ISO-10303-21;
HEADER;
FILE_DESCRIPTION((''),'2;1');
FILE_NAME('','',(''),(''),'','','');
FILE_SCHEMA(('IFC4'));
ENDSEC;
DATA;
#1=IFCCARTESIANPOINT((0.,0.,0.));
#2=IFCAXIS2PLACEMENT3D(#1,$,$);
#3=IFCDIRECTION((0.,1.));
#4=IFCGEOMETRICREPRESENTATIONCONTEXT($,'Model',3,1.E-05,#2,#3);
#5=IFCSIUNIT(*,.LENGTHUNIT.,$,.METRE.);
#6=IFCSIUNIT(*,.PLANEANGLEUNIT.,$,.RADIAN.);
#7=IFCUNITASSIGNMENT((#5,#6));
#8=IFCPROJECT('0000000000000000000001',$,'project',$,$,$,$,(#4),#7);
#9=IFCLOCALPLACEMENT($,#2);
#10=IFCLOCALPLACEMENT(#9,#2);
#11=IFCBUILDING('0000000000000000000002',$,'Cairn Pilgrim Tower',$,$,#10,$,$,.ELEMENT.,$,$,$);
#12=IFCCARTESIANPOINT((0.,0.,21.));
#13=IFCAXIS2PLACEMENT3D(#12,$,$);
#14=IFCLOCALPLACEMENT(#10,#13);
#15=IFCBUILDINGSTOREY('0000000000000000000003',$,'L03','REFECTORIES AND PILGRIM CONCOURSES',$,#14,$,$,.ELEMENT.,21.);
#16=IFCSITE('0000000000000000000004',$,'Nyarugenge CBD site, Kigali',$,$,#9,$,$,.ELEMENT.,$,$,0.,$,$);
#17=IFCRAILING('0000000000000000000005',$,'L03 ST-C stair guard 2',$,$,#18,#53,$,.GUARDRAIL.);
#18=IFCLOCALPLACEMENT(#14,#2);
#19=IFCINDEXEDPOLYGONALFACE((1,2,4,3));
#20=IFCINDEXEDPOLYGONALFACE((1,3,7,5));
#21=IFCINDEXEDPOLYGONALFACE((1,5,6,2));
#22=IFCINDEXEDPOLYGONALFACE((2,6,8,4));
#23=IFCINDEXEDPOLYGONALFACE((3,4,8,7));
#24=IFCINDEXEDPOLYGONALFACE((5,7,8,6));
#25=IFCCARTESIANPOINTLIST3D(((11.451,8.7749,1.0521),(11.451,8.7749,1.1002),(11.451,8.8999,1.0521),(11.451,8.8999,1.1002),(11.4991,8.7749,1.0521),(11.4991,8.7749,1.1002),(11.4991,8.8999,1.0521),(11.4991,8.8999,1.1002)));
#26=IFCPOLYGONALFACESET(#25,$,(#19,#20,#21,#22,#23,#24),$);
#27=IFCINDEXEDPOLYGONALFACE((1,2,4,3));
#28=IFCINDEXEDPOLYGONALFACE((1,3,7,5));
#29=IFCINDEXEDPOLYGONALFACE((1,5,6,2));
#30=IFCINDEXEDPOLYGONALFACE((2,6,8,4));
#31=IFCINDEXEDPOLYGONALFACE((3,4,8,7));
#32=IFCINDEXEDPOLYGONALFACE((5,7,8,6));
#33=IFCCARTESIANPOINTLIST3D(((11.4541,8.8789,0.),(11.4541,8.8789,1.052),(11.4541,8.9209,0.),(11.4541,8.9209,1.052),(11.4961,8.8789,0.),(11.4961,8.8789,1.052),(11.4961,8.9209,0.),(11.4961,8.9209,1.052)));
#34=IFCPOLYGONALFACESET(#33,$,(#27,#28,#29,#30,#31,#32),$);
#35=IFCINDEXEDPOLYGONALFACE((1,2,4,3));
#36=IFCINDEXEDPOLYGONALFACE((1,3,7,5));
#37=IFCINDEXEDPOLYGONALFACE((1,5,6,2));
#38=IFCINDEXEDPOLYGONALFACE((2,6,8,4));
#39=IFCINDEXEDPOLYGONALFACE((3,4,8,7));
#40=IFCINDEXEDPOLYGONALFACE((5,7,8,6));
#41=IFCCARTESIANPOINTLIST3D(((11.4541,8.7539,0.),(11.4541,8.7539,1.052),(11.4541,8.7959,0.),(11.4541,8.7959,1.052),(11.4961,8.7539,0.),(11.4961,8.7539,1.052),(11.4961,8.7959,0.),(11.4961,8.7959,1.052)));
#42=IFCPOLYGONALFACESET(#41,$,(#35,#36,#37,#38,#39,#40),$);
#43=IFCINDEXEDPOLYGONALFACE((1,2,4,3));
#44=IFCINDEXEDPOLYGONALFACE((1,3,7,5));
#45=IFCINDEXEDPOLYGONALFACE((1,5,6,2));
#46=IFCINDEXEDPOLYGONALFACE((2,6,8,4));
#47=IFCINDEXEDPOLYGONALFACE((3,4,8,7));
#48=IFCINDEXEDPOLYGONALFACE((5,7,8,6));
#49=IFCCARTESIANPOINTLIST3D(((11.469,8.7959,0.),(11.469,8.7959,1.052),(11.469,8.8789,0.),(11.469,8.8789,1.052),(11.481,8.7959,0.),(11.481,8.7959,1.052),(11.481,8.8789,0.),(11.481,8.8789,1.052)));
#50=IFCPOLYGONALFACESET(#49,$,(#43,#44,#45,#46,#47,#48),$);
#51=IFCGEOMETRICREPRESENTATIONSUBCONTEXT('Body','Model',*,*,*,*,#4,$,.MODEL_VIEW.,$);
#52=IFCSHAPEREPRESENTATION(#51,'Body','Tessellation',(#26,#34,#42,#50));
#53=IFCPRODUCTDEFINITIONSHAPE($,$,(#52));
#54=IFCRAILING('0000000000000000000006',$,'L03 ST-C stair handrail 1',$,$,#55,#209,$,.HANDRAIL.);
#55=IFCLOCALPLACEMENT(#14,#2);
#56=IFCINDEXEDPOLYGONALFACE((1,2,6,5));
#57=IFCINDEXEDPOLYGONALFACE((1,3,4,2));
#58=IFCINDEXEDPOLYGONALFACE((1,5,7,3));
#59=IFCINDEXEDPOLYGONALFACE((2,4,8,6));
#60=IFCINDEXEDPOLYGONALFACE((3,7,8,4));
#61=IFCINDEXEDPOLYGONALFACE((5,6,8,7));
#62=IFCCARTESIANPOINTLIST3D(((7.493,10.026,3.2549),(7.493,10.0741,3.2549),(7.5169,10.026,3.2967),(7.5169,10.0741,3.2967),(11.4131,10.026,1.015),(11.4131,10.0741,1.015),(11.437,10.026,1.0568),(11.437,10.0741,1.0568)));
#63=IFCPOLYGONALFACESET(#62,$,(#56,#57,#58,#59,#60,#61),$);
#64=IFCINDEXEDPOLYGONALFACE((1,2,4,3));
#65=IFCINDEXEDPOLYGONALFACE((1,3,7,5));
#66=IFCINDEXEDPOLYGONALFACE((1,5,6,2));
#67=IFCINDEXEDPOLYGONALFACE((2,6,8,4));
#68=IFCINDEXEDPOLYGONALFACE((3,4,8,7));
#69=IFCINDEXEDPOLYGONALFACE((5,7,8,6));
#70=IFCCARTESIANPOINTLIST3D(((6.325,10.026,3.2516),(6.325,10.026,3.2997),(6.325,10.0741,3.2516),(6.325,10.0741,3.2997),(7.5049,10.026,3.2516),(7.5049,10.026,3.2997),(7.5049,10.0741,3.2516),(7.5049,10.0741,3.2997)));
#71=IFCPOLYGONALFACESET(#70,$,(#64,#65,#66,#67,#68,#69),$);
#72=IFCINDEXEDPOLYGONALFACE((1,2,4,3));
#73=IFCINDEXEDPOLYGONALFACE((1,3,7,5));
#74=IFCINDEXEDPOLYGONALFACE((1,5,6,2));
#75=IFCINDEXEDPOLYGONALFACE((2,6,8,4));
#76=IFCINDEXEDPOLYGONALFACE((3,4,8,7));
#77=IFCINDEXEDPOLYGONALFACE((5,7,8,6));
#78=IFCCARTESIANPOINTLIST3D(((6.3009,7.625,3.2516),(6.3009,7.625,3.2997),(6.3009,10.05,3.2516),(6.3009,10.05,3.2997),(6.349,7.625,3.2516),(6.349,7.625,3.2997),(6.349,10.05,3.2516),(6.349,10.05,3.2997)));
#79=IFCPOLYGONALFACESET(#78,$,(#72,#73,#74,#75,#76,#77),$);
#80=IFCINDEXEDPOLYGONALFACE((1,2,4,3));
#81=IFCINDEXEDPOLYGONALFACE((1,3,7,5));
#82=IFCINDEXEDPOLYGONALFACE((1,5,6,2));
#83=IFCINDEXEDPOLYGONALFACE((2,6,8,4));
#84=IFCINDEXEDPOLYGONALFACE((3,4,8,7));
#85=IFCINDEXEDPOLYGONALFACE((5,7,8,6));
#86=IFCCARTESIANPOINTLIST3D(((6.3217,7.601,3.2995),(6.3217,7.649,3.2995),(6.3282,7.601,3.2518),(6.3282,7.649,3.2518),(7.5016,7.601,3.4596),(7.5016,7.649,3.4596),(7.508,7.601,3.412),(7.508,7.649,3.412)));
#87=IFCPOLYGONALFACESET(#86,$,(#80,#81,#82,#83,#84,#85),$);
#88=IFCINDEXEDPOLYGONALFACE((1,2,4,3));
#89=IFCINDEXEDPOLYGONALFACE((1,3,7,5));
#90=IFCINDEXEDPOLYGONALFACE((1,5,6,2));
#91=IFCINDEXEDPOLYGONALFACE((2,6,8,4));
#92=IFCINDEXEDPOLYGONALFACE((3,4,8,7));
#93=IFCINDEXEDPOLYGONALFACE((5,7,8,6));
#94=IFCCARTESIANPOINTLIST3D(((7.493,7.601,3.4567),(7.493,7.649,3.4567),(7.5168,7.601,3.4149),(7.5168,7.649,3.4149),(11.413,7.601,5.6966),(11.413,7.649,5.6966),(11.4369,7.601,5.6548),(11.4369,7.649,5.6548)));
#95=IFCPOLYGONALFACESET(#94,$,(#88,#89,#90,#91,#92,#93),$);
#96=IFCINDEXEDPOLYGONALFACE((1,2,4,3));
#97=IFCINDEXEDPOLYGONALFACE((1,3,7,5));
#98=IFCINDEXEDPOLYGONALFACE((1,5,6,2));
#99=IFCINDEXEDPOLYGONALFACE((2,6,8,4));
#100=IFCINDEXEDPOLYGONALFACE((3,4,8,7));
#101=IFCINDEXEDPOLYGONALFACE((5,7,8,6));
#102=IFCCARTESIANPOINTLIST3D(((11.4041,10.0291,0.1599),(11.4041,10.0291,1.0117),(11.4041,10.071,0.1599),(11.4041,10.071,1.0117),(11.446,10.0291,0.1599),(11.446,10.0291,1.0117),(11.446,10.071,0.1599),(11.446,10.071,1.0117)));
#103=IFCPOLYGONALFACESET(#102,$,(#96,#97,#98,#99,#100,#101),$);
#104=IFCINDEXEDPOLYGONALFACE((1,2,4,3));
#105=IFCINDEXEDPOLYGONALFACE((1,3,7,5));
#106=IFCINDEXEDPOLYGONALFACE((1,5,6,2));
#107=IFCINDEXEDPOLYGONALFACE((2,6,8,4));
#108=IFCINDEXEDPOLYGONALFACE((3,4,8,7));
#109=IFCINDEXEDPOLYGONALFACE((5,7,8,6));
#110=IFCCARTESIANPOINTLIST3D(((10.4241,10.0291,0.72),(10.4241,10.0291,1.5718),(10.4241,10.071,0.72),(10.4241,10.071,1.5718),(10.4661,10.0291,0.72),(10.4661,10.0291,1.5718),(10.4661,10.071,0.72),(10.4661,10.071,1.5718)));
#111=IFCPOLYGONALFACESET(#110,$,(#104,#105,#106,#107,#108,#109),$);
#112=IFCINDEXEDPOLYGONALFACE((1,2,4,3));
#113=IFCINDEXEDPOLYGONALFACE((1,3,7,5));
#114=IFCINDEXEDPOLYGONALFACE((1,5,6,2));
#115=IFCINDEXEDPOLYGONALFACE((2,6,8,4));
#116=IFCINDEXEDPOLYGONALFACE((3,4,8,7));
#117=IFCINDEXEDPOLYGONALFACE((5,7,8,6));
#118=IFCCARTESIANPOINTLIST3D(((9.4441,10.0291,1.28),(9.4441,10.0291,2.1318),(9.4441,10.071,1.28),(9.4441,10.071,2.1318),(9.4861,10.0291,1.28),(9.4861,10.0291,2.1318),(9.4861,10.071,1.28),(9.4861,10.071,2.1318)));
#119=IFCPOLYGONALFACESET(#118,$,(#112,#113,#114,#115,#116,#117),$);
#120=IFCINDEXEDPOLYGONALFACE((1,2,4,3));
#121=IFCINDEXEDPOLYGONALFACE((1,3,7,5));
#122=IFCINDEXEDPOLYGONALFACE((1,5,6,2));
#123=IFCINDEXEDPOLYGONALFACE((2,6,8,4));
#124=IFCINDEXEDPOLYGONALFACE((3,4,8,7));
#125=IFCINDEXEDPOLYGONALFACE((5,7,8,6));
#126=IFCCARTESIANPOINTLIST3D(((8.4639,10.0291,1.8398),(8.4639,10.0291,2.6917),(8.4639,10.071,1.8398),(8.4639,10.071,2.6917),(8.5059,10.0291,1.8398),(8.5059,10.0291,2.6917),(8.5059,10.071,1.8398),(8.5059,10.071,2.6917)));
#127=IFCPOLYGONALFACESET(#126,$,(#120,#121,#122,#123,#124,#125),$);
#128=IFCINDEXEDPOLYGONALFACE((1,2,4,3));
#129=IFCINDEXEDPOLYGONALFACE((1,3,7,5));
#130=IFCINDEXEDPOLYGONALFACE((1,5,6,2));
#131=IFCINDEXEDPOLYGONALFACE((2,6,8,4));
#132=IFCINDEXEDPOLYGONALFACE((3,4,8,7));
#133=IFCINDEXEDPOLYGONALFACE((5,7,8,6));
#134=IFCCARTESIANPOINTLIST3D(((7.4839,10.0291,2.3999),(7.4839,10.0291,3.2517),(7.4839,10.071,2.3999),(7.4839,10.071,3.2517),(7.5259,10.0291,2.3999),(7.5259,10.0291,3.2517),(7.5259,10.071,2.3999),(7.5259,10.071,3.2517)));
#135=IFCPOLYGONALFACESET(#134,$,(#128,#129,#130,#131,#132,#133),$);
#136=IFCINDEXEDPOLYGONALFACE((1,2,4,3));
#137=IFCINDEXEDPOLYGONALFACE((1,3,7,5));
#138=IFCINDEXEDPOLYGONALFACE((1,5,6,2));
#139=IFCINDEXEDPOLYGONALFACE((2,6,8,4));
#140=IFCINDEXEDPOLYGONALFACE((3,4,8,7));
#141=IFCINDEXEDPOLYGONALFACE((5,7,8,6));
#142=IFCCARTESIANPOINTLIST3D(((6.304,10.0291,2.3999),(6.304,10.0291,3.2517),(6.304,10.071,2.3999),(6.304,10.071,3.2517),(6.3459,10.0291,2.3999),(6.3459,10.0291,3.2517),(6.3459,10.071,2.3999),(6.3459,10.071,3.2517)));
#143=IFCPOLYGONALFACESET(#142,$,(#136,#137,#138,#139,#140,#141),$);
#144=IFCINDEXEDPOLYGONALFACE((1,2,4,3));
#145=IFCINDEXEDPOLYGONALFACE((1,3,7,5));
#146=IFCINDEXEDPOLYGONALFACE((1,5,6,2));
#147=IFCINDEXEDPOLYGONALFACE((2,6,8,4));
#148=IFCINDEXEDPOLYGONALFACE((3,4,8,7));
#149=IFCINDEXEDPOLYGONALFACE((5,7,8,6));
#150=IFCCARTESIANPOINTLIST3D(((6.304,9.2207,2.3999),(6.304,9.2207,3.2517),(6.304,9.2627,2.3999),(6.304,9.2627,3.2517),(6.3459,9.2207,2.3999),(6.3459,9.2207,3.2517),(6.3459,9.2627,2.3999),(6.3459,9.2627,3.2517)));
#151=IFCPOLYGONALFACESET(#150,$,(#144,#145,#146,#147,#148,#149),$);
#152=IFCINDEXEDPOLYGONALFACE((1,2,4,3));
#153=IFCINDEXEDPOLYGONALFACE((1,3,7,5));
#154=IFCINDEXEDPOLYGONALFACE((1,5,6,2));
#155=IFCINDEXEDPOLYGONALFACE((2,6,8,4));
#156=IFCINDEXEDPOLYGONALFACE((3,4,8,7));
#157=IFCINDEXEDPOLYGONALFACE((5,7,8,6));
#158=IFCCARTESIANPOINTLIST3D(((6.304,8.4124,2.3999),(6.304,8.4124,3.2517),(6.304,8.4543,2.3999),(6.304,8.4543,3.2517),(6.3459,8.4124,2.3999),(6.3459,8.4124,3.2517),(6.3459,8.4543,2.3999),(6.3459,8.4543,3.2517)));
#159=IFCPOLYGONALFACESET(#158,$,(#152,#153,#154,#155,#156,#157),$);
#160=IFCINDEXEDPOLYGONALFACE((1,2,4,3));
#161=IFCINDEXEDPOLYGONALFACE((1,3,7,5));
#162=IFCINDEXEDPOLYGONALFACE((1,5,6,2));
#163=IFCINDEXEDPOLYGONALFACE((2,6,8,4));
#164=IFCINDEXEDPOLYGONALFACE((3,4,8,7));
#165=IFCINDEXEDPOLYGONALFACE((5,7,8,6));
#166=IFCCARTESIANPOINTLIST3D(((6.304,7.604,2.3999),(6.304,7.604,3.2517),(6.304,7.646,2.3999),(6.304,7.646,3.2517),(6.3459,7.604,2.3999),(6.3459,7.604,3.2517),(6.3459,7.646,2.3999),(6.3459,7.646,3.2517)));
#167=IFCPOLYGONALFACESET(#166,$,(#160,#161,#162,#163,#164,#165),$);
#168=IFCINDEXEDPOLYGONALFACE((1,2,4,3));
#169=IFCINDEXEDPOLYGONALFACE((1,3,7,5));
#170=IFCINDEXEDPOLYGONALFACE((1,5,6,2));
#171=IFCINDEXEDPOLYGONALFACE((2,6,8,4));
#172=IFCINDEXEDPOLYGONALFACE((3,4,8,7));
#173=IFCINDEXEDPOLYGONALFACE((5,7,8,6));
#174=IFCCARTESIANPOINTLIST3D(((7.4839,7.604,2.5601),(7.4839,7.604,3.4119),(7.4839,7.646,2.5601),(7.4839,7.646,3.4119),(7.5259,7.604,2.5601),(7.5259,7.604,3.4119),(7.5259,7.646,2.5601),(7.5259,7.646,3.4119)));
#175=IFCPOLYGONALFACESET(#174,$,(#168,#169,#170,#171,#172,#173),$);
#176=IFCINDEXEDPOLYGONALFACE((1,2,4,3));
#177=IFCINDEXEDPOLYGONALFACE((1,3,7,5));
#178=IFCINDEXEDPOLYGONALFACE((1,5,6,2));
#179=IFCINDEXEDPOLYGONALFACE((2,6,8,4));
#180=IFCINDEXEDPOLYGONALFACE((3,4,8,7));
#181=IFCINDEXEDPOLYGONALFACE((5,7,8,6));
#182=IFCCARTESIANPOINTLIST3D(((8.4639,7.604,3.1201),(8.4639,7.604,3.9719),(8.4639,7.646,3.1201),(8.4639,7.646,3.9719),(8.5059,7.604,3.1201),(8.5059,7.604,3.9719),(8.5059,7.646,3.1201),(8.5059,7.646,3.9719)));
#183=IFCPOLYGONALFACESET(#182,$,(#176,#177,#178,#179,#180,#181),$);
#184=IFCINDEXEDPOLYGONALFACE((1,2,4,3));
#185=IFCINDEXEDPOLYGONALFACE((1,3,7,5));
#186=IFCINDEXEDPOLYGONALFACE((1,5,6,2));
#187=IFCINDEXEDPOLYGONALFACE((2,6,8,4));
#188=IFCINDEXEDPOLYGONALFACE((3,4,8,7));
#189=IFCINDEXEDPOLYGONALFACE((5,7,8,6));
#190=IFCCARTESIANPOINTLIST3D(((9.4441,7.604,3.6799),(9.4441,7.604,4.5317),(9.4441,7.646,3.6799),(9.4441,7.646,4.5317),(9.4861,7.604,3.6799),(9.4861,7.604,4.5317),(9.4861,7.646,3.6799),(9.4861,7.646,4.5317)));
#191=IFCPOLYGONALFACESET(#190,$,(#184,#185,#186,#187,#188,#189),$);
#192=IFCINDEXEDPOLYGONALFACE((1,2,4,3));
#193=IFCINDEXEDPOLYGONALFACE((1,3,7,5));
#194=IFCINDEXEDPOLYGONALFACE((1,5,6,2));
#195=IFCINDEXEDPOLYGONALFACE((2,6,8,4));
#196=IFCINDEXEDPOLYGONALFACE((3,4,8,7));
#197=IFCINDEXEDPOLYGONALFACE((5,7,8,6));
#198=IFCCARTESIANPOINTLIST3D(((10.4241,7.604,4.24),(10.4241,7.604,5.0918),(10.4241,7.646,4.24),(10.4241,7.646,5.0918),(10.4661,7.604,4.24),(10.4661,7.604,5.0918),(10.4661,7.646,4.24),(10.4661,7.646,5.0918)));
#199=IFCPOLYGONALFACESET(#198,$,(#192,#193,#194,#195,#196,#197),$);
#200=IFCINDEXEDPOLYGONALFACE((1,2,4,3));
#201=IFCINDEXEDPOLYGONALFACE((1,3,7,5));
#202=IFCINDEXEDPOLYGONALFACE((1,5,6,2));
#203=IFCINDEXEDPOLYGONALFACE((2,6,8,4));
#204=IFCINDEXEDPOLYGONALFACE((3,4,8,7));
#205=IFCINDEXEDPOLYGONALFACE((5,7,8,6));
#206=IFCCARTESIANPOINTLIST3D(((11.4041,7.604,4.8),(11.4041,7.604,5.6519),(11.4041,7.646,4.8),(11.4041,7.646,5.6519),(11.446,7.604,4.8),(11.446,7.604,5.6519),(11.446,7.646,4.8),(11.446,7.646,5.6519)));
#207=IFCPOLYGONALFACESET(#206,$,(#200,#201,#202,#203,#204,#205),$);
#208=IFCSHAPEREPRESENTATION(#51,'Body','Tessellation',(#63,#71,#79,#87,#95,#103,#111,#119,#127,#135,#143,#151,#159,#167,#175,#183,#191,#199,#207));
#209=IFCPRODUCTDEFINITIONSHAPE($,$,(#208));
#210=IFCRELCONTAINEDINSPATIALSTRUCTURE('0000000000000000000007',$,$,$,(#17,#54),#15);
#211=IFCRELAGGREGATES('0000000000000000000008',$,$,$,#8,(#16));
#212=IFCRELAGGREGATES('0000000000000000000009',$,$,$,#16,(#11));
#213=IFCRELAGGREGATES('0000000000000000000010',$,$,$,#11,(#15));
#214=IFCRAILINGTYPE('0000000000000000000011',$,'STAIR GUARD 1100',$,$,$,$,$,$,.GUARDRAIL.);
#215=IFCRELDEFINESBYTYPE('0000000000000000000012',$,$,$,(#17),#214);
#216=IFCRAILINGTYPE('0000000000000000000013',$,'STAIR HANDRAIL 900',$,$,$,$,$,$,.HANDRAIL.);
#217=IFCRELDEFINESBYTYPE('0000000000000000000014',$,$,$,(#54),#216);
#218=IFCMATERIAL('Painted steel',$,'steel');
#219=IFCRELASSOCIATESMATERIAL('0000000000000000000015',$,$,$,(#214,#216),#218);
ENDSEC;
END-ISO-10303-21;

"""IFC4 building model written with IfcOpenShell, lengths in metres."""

from ifc_helpers import new_model, si_unit, direction, frame, origin, origin_2d, place, context, subcontext, project, spatial, polyline, rectangle, outline, extrude, material, type_object, element, save


model = new_model("IFC4")

# Units and contexts
model_context = context("Model", 3, precision=1e-05, world=origin(), true_north=direction((0.0, 1.0)))
body_context = subcontext(model_context, "Body", "Model", "MODEL_VIEW")
ifc_project = project(units=[si_unit("LENGTHUNIT", "METRE"), si_unit("PLANEANGLEUNIT", "RADIAN")], contexts=[model_context])

# Site, building, storey
site_placement = place(None, origin())
site = spatial("IfcSite", under=ifc_project, at=site_placement, Name="Nyarugenge CBD site, Kigali", CompositionType="ELEMENT", RefElevation=0.0)
building_placement = place(site_placement, origin())
building = spatial("IfcBuilding", under=site, at=building_placement, Name="Cairn Pilgrim Tower", CompositionType="ELEMENT")
storey_placement = place(building_placement, frame((0.0, 0.0, 21.0)))
storey = spatial("IfcBuildingStorey", under=building, at=storey_placement, Name="L03", Description="REFECTORIES AND PILGRIM CONCOURSES", CompositionType="ELEMENT", Elevation=21.0)

# Shared definitions
ifc_material_1 = material(Name="Painted steel", Category="steel")

# Railings
railing_type_1 = type_object("IfcRailingType", Name="STAIR GUARD 1100", PredefinedType="GUARDRAIL", material=ifc_material_1)
railing_1_placement = place(storey_placement, frame((11.4751, 8.8999, 0.0)))
element("IfcRailing", 1, at=railing_1_placement, inside=storey, type_object=railing_type_1, Name="L03 ST-C stair guard 2", PredefinedType="GUARDRAIL", context=body_context, shape_type="SweptSolid", body=[
    extrude(rectangle(XDim=0.0481, YDim=0.0481, at=origin_2d()), frame((0.0, 0.0, 1.0762), z_axis=(0.0, -1.0, 0.0), x_axis=(1.0, 0.0, 0.0)), (0.0, 0.0, 1.0), 0.125),
    extrude(rectangle(XDim=0.042, YDim=0.042, at=origin_2d()), origin(), (0.0, 0.0, 1.0), 1.052),
    extrude(rectangle(XDim=0.042, YDim=0.042, at=origin_2d()), frame((0.0, -0.125, 0.0)), (0.0, 0.0, 1.0), 1.052),
    extrude(outline(polyline([(0.021, 0.0), (0.104, 0.0), (0.104, 1.052), (0.021, 1.052), (0.021, 0.0)])), frame((0.0059, 0.0, 0.0), z_axis=(-1.0, 0.0, 0.0), x_axis=(0.0, -1.0, 0.0)), (0.0, 0.0, 1.0), 0.012),
])
railing_type_2 = type_object("IfcRailingType", Name="STAIR HANDRAIL 900", PredefinedType="HANDRAIL", material=ifc_material_1)
railing_2_placement = place(storey_placement, frame((11.425, 10.05, 0.1599)))
element("IfcRailing", 2, at=railing_2_placement, inside=storey, type_object=railing_type_2, Name="L03 ST-C stair handrail 1", PredefinedType="HANDRAIL", context=body_context, shape_type="SweptSolid", body=[
    extrude(rectangle(XDim=0.0481, YDim=0.0481, at=origin_2d()), frame((0.0, 0.0, 0.876), z_axis=(-0.868253, 0.0, 0.496121), x_axis=(0.0, -1.0, 0.0)), (0.0, 0.0, 1.0), 4.5149),
    extrude(rectangle(XDim=0.0481, YDim=0.0481, at=origin_2d()), frame((-3.9202, 0.0, 3.1157), z_axis=(-1.0, 0.0, 0.0), x_axis=(0.0, -1.0, 0.0)), (0.0, 0.0, 1.0), 1.1799),
    extrude(rectangle(XDim=0.0481, YDim=0.0481, at=origin_2d()), frame((-5.1001, 0.0, 3.1157), z_axis=(0.0, -1.0, 0.0), x_axis=(1.0, 0.0, 0.0)), (0.0, 0.0, 1.0), 2.425),
    extrude(rectangle(XDim=0.0481, YDim=0.0481, at=origin_2d()), frame((-5.1001, -2.425, 3.1157), z_axis=(0.990914, 0.0, 0.1345), x_axis=(0.0, 1.0, 0.0)), (0.0, 0.0, 1.0), 1.1907),
    extrude(rectangle(XDim=0.0481, YDim=0.0481, at=origin_2d()), frame((-3.9202, -2.425, 3.2759), z_axis=(0.868253, 0.0, 0.496121), x_axis=(0.0, 1.0, 0.0)), (0.0, 0.0, 1.0), 4.5149),
    extrude(rectangle(XDim=0.042, YDim=0.042, at=origin_2d()), origin(), (0.0, 0.0, 1.0), 0.8518),
    extrude(rectangle(XDim=0.042, YDim=0.042, at=origin_2d()), frame((-0.98, 0.0, 0.5601)), (0.0, 0.0, 1.0), 0.8518),
    extrude(rectangle(XDim=0.042, YDim=0.042, at=origin_2d()), frame((-1.96, 0.0, 1.1201)), (0.0, 0.0, 1.0), 0.8518),
    extrude(rectangle(XDim=0.042, YDim=0.042, at=origin_2d()), frame((-2.9402, 0.0, 1.6799)), (0.0, 0.0, 1.0), 0.8518),
    extrude(rectangle(XDim=0.042, YDim=0.042, at=origin_2d()), frame((-3.9202, 0.0, 2.24)), (0.0, 0.0, 1.0), 0.8518),
    extrude(rectangle(XDim=0.042, YDim=0.042, at=origin_2d()), frame((-5.1001, 0.0, 2.24)), (0.0, 0.0, 1.0), 0.8518),
    extrude(rectangle(XDim=0.042, YDim=0.042, at=origin_2d()), frame((-5.1001, -0.8083, 2.24)), (0.0, 0.0, 1.0), 0.8518),
    extrude(rectangle(XDim=0.042, YDim=0.042, at=origin_2d()), frame((-5.1001, -1.6167, 2.24)), (0.0, 0.0, 1.0), 0.8518),
    extrude(rectangle(XDim=0.042, YDim=0.042, at=origin_2d()), frame((-5.1001, -2.425, 2.24)), (0.0, 0.0, 1.0), 0.8518),
    extrude(rectangle(XDim=0.042, YDim=0.042, at=origin_2d()), frame((-3.9202, -2.425, 2.4001)), (0.0, 0.0, 1.0), 0.8518),
    extrude(rectangle(XDim=0.042, YDim=0.042, at=origin_2d()), frame((-2.9402, -2.425, 2.9602)), (0.0, 0.0, 1.0), 0.8518),
    extrude(rectangle(XDim=0.042, YDim=0.042, at=origin_2d()), frame((-1.96, -2.425, 3.52)), (0.0, 0.0, 1.0), 0.8518),
    extrude(rectangle(XDim=0.042, YDim=0.042, at=origin_2d()), frame((-0.98, -2.425, 4.0801)), (0.0, 0.0, 1.0), 0.8518),
    extrude(rectangle(XDim=0.042, YDim=0.042, at=origin_2d()), frame((0.0, -2.425, 4.6401)), (0.0, 0.0, 1.0), 0.8518),
])

save(model, "model.ifc")
